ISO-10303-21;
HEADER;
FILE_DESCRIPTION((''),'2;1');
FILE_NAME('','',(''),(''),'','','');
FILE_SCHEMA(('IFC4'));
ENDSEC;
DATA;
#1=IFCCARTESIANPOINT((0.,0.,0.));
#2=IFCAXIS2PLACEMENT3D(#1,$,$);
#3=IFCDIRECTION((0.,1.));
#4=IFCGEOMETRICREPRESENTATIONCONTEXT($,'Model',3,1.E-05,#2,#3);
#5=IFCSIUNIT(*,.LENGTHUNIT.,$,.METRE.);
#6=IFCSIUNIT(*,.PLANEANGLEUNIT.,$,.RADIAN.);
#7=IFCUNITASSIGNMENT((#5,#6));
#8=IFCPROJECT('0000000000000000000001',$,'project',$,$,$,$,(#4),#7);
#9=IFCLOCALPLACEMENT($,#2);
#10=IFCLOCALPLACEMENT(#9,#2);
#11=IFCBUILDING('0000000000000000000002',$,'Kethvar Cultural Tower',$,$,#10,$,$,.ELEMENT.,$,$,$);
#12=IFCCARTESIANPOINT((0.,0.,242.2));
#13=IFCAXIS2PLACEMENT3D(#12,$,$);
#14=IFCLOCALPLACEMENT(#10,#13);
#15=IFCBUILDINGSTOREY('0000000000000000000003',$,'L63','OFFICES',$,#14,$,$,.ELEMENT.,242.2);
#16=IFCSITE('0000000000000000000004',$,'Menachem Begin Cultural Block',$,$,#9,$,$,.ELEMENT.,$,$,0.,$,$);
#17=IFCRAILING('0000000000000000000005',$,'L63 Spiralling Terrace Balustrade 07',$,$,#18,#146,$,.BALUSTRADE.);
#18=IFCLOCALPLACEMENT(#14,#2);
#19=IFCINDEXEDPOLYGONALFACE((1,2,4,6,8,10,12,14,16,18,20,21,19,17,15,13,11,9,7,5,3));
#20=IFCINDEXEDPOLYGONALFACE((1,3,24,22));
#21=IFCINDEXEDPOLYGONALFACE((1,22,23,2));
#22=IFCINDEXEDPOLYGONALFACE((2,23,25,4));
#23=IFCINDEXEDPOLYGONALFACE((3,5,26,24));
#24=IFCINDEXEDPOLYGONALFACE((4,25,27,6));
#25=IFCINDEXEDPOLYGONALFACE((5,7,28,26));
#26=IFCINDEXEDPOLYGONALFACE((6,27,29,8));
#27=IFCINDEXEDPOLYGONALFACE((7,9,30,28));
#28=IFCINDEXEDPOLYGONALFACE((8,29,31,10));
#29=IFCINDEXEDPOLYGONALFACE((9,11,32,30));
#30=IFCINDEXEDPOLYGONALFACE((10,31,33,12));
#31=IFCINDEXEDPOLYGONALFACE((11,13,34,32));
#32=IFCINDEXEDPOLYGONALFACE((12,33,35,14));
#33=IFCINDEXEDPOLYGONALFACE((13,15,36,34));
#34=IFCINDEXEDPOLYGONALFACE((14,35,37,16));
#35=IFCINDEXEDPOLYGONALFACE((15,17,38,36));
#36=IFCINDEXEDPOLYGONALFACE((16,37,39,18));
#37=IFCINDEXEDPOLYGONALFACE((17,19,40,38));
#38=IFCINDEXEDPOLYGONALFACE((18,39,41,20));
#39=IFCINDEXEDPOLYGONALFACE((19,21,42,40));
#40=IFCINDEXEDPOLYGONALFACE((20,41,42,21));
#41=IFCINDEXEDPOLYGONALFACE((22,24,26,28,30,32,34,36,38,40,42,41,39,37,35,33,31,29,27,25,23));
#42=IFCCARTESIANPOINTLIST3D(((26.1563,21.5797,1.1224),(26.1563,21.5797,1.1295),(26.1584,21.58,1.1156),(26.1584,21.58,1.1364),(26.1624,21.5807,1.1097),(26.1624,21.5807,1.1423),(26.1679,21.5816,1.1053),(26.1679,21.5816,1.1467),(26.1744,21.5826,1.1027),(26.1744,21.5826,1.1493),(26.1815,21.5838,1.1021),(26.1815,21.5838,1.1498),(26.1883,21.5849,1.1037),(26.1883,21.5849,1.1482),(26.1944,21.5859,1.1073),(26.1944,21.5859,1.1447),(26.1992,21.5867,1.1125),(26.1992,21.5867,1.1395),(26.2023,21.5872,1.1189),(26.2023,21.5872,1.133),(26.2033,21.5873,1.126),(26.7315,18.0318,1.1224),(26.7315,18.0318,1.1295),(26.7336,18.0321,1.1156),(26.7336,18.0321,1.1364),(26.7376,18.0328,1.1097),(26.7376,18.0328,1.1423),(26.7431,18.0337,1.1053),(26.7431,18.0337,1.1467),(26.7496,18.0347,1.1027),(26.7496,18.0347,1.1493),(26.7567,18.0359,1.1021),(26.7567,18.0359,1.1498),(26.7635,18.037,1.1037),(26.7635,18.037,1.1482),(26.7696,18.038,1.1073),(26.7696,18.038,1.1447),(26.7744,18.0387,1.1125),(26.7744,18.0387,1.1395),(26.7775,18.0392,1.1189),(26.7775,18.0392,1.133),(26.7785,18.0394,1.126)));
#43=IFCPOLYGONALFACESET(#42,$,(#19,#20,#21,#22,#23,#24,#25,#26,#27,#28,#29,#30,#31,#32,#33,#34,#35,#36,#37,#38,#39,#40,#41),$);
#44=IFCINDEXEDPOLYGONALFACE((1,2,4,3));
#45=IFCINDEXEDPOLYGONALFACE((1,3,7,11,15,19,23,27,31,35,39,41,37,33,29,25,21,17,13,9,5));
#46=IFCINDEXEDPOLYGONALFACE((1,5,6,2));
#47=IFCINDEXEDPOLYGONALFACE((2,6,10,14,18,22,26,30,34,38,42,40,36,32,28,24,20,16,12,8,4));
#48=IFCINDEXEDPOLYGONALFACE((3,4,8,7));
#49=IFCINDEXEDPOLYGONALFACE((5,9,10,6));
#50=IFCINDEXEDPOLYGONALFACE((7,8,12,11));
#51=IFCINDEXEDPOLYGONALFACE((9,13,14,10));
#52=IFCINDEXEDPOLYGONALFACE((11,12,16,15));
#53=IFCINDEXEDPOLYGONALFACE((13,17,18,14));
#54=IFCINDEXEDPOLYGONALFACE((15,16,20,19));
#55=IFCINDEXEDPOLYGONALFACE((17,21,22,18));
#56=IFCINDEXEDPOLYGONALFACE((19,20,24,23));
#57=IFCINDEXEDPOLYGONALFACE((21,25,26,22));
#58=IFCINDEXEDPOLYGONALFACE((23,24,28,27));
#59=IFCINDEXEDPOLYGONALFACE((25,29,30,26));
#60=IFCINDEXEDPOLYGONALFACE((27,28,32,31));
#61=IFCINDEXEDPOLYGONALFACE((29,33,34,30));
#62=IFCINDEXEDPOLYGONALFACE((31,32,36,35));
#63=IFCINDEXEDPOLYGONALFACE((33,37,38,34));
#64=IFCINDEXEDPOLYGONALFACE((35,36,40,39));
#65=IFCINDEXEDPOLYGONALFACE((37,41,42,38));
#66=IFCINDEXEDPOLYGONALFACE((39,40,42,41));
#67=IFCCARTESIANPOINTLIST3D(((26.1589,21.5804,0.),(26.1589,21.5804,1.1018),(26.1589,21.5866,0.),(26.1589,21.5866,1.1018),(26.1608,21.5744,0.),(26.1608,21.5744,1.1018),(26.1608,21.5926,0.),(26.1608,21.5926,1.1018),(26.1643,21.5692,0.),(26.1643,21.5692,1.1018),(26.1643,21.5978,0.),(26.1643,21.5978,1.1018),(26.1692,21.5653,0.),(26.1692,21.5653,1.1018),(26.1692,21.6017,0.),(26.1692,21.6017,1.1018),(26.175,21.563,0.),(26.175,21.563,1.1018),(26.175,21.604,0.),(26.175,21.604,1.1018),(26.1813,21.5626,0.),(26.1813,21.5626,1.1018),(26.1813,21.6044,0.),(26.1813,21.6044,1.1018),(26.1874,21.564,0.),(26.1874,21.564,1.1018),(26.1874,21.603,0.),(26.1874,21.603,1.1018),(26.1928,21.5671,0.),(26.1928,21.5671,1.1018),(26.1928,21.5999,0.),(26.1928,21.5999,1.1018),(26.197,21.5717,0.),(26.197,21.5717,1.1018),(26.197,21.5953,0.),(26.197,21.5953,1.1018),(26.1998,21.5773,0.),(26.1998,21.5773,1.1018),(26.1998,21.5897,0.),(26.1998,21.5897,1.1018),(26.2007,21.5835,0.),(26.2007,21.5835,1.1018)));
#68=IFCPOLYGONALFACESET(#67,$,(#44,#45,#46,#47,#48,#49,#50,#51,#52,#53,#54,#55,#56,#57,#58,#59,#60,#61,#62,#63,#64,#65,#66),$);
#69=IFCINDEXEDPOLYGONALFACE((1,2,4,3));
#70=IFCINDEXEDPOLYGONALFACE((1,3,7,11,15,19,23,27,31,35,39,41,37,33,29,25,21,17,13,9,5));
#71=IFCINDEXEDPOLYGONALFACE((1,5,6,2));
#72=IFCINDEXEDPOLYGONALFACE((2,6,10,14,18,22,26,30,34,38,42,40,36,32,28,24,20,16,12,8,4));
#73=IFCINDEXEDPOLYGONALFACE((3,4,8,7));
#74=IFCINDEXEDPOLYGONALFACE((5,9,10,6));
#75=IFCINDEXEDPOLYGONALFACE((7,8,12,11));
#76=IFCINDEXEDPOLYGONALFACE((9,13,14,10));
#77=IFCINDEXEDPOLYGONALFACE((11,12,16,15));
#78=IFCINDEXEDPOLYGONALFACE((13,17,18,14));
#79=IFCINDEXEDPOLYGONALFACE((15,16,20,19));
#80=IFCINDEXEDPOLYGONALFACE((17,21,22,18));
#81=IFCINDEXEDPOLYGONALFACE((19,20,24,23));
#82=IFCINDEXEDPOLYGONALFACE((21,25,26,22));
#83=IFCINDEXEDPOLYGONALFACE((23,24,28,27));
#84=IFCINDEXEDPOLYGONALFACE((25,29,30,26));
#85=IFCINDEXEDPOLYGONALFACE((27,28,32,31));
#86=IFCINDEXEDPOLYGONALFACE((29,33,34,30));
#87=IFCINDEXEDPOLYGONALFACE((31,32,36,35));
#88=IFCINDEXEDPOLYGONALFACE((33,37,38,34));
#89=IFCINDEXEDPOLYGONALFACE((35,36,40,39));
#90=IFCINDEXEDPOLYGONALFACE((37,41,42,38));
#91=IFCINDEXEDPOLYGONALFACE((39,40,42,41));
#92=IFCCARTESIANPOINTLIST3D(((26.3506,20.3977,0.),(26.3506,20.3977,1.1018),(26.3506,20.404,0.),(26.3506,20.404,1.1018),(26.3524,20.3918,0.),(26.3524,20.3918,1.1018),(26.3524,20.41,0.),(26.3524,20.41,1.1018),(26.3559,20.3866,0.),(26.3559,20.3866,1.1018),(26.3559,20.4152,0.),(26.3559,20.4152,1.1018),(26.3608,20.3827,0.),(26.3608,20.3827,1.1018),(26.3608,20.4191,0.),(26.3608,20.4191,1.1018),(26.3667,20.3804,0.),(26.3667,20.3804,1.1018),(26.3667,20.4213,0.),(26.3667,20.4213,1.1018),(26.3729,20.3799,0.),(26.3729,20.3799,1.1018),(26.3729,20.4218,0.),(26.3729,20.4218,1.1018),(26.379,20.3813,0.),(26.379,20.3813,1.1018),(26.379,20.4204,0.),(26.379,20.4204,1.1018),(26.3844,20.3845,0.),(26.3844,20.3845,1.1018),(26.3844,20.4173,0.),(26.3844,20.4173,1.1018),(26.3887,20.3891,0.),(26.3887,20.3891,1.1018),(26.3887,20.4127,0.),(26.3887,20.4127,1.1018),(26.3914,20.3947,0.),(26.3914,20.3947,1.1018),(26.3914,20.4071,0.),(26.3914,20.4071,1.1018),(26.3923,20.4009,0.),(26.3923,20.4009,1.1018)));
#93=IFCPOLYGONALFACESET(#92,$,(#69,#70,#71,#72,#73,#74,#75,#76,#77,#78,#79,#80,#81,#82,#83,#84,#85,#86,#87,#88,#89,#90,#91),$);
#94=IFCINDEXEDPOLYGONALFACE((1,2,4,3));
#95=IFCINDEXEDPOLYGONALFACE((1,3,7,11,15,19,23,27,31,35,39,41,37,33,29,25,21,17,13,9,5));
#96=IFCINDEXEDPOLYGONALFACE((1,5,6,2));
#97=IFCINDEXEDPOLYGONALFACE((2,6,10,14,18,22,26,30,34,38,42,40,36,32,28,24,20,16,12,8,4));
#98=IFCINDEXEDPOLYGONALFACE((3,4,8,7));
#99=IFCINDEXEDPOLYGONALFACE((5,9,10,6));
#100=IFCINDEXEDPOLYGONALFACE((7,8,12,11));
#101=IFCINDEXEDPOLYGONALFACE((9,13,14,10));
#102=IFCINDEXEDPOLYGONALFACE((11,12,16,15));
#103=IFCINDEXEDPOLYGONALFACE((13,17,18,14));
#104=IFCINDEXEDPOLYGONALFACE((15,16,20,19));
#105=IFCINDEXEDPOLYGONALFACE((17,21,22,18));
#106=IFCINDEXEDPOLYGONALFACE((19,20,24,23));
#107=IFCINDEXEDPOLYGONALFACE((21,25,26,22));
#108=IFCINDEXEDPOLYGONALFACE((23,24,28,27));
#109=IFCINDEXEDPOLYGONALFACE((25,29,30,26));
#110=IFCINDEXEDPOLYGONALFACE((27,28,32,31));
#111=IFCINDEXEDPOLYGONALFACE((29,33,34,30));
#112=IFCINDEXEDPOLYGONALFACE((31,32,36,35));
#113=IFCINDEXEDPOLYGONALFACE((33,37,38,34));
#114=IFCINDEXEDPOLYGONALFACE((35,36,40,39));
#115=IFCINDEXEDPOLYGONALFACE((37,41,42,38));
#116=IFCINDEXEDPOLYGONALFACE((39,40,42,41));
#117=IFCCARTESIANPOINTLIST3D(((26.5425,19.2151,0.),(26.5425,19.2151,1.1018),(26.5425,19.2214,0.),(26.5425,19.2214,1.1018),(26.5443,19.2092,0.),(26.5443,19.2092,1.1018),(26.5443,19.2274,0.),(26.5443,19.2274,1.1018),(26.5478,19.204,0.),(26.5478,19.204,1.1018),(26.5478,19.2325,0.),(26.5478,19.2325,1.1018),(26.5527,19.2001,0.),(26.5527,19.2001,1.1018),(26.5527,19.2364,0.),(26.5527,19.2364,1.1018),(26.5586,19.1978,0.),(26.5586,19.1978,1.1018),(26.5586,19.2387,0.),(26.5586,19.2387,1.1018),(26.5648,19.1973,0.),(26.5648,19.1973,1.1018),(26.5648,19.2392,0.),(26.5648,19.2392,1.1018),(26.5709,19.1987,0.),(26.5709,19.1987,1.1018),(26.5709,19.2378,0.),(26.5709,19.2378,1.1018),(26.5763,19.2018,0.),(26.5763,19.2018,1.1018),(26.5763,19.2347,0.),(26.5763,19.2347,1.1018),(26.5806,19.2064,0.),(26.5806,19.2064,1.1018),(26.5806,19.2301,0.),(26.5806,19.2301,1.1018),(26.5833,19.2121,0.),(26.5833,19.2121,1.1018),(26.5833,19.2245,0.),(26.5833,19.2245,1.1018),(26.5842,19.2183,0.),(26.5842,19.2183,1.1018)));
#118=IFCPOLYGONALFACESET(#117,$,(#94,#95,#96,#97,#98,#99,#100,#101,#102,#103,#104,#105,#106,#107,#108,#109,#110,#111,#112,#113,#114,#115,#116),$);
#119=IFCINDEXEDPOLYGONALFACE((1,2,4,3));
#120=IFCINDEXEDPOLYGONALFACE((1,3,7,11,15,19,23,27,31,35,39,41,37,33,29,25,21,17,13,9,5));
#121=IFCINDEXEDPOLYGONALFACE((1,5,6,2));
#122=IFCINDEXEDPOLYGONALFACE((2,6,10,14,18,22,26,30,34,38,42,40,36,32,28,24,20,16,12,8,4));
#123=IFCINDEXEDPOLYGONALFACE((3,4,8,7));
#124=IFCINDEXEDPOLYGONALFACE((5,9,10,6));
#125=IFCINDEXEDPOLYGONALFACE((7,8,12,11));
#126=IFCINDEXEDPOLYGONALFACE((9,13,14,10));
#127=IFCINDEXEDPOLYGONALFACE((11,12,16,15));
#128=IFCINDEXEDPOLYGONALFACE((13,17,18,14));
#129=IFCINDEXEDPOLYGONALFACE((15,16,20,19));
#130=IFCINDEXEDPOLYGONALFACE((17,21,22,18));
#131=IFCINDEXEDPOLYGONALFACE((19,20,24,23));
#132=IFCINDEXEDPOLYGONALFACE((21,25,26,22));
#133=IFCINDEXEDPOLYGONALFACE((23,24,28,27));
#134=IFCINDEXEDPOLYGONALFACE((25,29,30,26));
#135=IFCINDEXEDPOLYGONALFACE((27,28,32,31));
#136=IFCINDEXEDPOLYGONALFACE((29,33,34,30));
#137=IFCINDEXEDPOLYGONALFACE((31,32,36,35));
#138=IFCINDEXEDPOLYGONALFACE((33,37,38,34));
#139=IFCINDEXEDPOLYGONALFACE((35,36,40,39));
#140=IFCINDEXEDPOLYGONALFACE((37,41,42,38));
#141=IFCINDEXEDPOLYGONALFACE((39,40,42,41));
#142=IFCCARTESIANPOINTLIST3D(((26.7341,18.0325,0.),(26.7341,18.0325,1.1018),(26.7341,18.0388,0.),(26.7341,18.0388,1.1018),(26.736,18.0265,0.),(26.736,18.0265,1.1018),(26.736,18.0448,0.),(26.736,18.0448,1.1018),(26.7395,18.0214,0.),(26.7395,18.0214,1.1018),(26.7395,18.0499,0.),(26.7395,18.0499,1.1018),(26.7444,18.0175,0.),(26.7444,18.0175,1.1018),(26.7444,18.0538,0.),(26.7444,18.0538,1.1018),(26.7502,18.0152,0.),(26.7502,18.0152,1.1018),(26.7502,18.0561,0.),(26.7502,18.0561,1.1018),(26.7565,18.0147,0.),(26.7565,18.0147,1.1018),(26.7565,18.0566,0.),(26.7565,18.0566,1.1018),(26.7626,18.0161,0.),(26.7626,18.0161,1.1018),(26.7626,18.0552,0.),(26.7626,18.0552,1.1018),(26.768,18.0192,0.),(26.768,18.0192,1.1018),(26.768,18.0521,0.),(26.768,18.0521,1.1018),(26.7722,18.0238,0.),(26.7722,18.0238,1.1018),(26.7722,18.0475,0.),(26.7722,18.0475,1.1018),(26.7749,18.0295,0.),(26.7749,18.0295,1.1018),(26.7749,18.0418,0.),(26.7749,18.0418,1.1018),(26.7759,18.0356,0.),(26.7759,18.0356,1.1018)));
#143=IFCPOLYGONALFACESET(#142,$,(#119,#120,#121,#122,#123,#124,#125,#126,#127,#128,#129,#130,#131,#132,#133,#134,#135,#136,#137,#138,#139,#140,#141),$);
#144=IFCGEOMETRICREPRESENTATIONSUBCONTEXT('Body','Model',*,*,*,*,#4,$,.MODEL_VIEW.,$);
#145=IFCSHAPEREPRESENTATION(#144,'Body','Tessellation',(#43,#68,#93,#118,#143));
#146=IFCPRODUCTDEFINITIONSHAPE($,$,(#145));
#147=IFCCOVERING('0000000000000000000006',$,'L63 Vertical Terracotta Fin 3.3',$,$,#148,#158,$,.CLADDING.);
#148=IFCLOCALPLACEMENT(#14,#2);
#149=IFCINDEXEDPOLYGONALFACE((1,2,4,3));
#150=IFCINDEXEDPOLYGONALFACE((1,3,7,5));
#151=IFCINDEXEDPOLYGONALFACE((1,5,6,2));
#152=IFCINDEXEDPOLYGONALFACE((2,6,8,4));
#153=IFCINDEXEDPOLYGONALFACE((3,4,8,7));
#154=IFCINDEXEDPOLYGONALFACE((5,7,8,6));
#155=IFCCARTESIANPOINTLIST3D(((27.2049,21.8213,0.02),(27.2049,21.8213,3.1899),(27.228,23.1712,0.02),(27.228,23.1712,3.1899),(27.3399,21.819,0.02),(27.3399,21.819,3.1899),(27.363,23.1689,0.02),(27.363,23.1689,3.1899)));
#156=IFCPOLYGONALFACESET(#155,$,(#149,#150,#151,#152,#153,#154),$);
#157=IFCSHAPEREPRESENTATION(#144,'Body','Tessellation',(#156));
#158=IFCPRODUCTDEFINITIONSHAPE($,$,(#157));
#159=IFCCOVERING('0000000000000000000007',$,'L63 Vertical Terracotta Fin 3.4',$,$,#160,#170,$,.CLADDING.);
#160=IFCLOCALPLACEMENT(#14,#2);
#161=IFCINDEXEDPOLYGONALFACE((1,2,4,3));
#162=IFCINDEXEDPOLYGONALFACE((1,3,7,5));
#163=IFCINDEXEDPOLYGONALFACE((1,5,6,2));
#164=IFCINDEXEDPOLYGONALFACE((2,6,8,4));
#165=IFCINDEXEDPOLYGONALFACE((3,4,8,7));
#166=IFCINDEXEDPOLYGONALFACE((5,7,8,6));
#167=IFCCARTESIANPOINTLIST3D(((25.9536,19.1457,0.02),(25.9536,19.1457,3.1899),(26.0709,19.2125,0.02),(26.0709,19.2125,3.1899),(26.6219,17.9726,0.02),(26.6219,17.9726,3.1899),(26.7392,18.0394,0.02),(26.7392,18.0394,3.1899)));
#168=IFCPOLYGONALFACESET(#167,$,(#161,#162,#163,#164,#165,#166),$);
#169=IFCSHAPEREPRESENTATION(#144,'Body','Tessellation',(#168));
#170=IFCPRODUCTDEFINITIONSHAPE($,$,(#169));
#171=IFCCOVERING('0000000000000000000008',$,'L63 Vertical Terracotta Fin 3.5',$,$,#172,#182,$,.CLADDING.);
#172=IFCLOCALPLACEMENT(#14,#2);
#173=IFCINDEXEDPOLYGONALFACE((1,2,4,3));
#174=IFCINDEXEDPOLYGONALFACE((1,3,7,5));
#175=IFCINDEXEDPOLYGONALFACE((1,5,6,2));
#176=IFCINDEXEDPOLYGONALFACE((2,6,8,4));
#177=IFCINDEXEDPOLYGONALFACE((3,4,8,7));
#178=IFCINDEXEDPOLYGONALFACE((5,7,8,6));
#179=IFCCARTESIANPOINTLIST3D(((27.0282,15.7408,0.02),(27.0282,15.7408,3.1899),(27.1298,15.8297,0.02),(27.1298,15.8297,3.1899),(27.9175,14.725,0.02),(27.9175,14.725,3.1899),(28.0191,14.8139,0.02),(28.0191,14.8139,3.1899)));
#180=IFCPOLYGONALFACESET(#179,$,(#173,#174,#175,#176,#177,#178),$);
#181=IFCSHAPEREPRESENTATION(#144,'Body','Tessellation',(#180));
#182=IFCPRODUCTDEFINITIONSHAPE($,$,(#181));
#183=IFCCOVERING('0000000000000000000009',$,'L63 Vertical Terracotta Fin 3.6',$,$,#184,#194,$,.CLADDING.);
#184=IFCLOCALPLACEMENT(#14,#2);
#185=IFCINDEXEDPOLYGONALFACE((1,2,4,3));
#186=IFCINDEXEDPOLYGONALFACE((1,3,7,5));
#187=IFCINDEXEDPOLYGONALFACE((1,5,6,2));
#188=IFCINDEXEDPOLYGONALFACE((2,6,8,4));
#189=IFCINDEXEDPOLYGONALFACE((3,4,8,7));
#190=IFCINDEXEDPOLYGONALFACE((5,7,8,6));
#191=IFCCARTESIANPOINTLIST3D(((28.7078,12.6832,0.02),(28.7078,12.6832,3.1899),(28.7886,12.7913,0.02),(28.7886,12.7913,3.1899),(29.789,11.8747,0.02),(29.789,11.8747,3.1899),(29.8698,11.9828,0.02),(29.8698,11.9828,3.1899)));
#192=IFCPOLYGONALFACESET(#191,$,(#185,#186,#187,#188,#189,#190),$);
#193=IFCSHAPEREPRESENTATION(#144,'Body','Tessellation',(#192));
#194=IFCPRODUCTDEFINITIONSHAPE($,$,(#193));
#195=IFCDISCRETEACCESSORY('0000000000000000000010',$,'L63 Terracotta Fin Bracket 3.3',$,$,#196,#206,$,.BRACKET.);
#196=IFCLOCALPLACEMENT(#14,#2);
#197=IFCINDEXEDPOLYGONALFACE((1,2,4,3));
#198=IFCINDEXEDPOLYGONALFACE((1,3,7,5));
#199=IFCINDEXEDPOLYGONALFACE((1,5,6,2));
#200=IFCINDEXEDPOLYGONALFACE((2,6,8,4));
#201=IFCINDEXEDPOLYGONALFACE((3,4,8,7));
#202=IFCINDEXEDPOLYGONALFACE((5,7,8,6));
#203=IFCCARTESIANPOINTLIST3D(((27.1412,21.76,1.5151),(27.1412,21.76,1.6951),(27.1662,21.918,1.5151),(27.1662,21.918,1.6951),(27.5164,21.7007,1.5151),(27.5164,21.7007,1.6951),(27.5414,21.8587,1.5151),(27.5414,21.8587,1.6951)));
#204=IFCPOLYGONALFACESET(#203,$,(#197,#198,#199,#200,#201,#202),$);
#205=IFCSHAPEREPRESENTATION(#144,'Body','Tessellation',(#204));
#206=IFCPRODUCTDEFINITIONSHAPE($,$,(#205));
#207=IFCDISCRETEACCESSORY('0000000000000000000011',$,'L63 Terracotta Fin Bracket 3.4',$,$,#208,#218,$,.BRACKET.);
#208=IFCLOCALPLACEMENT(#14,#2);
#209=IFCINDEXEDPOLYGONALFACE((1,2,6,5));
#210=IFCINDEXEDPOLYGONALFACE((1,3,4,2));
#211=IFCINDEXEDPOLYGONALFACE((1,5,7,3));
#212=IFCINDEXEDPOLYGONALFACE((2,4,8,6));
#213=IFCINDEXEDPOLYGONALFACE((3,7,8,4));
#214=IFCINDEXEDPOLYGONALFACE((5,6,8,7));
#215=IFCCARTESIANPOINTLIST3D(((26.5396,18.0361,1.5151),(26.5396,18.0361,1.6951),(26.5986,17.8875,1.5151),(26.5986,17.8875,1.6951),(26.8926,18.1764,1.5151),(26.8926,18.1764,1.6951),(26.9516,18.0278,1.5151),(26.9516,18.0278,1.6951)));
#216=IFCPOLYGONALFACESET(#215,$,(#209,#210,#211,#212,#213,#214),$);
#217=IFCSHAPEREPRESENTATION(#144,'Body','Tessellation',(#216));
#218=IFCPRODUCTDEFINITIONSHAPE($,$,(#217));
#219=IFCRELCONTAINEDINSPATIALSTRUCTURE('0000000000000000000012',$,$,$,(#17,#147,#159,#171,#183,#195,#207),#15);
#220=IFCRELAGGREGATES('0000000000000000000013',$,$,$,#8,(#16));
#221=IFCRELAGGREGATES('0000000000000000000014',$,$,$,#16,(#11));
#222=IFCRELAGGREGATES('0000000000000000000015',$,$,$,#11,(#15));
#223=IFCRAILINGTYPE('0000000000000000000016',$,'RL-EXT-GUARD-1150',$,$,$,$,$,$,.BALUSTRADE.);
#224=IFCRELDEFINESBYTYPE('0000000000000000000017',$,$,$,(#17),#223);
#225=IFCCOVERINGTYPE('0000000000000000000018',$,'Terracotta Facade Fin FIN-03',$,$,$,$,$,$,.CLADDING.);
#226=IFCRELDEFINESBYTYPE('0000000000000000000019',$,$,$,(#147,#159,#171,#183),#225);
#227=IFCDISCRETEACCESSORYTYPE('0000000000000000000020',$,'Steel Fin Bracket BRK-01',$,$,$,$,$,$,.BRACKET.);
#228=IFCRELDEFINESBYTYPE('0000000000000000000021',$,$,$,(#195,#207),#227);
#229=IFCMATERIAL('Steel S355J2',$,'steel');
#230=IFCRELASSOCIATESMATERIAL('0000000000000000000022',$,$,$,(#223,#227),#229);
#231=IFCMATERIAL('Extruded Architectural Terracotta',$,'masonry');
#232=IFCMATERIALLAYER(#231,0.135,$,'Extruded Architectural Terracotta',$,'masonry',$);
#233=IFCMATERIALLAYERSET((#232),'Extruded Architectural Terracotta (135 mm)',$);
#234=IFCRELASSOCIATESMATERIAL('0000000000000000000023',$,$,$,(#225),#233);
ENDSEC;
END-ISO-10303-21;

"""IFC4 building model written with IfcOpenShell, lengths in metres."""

from ifc_helpers import new_model, si_unit, direction, frame, origin, origin_2d, place, context, subcontext, project, spatial, rectangle, circle, extrude, source, transform, mapped, material, layer, layer_set, type_object, element, save


model = new_model("IFC4")

# Units and contexts
model_context = context("Model", 3, precision=1e-05, world=origin(), true_north=direction((0.0, 1.0)))
body_context = subcontext(model_context, "Body", "Model", "MODEL_VIEW")
ifc_project = project(units=[si_unit("LENGTHUNIT", "METRE"), si_unit("PLANEANGLEUNIT", "RADIAN")], contexts=[model_context])

# Site, building, storey
site_placement = place(None, origin())
site = spatial("IfcSite", under=ifc_project, at=site_placement, Name="Menachem Begin Cultural Block", CompositionType="ELEMENT", RefElevation=0.0)
building_placement = place(site_placement, origin())
building = spatial("IfcBuilding", under=site, at=building_placement, Name="Kethvar Cultural Tower", CompositionType="ELEMENT")
storey_placement = place(building_placement, frame((0.0, 0.0, 242.2)))
storey = spatial("IfcBuildingStorey", under=building, at=storey_placement, Name="L63", Description="OFFICES", CompositionType="ELEMENT", Elevation=242.2)

# Shared definitions
ifc_material_1 = material(Name="Steel S355J2", Category="steel")

# Railing
railing_type = type_object("IfcRailingType", Name="RL-EXT-GUARD-1150", PredefinedType="BALUSTRADE", material=ifc_material_1)
railing_placement = place(storey_placement, frame((26.1797, 21.5835, 0.0)))
element("IfcRailing", 1, at=railing_placement, inside=storey, type_object=railing_type, Name="L63 Spiralling Terrace Balustrade 07", PredefinedType="BALUSTRADE", context=body_context, shape_type="SweptSolid", body=[
    extrude(circle(Radius=0.0239, at=origin_2d()), frame((0.0, 0.0, 1.126), z_axis=(0.160035, -0.987111, 0.0), x_axis=(0.987111, 0.160035, 0.0)), (0.0, 0.0, 1.0), 3.5942),
    extrude(circle(Radius=0.021, at=origin_2d()), origin(), (0.0, 0.0, 1.0), 1.1018),
    extrude(circle(Radius=0.021, at=origin_2d()), frame((0.1917, -1.1826, 0.0)), (0.0, 0.0, 1.0), 1.1018),
    extrude(circle(Radius=0.021, at=origin_2d()), frame((0.3835, -2.3652, 0.0)), (0.0, 0.0, 1.0), 1.1018),
    extrude(circle(Radius=0.021, at=origin_2d()), frame((0.5752, -3.5479, 0.0)), (0.0, 0.0, 1.0), 1.1018),
])

# Coverings
ifc_material_2 = material(Name="Extruded Architectural Terracotta", Category="masonry")
ifc_layer_1 = layer(ifc_material_2, 0.135, Name="Extruded Architectural Terracotta", Category="masonry")
ifc_layer_set_1 = layer_set([ifc_layer_1], Name="Extruded Architectural Terracotta (135 mm)")
covering_type_1 = type_object("IfcCoveringType", Name="Terracotta Facade Fin FIN-03", PredefinedType="CLADDING", material=ifc_layer_set_1)
shared_shape_1 = source(origin(), body_context, "Body", "SweptSolid", [
    extrude(rectangle(XDim=1.3501, YDim=0.135, at=origin_2d()), origin(), (0.0, 0.0, 1.0), 3.1699),
])
for number, where, z_axis, x_axis, name in (
    (2, (27.2839, 22.4951, 0.02), (0.0, 0.0, 1.0), (0.017103, 0.999854, 0.0), "L63 Vertical Terracotta Fin 3.3"),
    (3, (26.3464, 18.5925, 0.02), (0.0, 0.0, 1.0), (-0.495004, 0.868891, 0.0), "L63 Vertical Terracotta Fin 3.4"),
    (4, (27.5237, 15.2773, 0.02), (0.0, 0.0, 1.0), (-0.658689, 0.752415, 0.0), "L63 Vertical Terracotta Fin 3.5"),
    (5, (29.2888, 12.333, 0.02), (0.0, 0.0, 1.0), (-0.800836, 0.598884, 0.0), "L63 Vertical Terracotta Fin 3.6"),
):
    element("IfcCovering", number, at=place(storey_placement, frame(where, z_axis=z_axis, x_axis=x_axis)), inside=storey, type_object=covering_type_1, Name=name, PredefinedType="CLADDING", context=body_context, shape_type="MappedRepresentation", body=[
        mapped(shared_shape_1, transform((0.0, 0.0, 0.0), scale=1.0)),
    ])

# Discrete accessories
discrete_accessory_type = type_object("IfcDiscreteAccessoryType", Name="Steel Fin Bracket BRK-01", PredefinedType="BRACKET", material=ifc_material_1)
shared_shape_2 = source(origin(), body_context, "Body", "SweptSolid", [
    extrude(rectangle(XDim=0.3799, YDim=0.1599, at=origin_2d()), origin(), (0.0, 0.0, 1.0), 0.1799),
])
for number, where, z_axis, x_axis, name in (
    (6, (27.3413, 21.8093, 1.5151), (0.0, 0.0, 1.0), (-0.987743, 0.15609, 0.0), "L63 Terracotta Fin Bracket 3.3"),
    (7, (26.7456, 18.032, 1.5151), (0.0, 0.0, 1.0), (-0.929326, -0.36926, 0.0), "L63 Terracotta Fin Bracket 3.4"),
):
    element("IfcDiscreteAccessory", number, at=place(storey_placement, frame(where, z_axis=z_axis, x_axis=x_axis)), inside=storey, type_object=discrete_accessory_type, Name=name, PredefinedType="BRACKET", context=body_context, shape_type="MappedRepresentation", body=[
        mapped(shared_shape_2, transform((0.0, 0.0, 0.0), scale=1.0)),
    ])

save(model, "model.ifc")
